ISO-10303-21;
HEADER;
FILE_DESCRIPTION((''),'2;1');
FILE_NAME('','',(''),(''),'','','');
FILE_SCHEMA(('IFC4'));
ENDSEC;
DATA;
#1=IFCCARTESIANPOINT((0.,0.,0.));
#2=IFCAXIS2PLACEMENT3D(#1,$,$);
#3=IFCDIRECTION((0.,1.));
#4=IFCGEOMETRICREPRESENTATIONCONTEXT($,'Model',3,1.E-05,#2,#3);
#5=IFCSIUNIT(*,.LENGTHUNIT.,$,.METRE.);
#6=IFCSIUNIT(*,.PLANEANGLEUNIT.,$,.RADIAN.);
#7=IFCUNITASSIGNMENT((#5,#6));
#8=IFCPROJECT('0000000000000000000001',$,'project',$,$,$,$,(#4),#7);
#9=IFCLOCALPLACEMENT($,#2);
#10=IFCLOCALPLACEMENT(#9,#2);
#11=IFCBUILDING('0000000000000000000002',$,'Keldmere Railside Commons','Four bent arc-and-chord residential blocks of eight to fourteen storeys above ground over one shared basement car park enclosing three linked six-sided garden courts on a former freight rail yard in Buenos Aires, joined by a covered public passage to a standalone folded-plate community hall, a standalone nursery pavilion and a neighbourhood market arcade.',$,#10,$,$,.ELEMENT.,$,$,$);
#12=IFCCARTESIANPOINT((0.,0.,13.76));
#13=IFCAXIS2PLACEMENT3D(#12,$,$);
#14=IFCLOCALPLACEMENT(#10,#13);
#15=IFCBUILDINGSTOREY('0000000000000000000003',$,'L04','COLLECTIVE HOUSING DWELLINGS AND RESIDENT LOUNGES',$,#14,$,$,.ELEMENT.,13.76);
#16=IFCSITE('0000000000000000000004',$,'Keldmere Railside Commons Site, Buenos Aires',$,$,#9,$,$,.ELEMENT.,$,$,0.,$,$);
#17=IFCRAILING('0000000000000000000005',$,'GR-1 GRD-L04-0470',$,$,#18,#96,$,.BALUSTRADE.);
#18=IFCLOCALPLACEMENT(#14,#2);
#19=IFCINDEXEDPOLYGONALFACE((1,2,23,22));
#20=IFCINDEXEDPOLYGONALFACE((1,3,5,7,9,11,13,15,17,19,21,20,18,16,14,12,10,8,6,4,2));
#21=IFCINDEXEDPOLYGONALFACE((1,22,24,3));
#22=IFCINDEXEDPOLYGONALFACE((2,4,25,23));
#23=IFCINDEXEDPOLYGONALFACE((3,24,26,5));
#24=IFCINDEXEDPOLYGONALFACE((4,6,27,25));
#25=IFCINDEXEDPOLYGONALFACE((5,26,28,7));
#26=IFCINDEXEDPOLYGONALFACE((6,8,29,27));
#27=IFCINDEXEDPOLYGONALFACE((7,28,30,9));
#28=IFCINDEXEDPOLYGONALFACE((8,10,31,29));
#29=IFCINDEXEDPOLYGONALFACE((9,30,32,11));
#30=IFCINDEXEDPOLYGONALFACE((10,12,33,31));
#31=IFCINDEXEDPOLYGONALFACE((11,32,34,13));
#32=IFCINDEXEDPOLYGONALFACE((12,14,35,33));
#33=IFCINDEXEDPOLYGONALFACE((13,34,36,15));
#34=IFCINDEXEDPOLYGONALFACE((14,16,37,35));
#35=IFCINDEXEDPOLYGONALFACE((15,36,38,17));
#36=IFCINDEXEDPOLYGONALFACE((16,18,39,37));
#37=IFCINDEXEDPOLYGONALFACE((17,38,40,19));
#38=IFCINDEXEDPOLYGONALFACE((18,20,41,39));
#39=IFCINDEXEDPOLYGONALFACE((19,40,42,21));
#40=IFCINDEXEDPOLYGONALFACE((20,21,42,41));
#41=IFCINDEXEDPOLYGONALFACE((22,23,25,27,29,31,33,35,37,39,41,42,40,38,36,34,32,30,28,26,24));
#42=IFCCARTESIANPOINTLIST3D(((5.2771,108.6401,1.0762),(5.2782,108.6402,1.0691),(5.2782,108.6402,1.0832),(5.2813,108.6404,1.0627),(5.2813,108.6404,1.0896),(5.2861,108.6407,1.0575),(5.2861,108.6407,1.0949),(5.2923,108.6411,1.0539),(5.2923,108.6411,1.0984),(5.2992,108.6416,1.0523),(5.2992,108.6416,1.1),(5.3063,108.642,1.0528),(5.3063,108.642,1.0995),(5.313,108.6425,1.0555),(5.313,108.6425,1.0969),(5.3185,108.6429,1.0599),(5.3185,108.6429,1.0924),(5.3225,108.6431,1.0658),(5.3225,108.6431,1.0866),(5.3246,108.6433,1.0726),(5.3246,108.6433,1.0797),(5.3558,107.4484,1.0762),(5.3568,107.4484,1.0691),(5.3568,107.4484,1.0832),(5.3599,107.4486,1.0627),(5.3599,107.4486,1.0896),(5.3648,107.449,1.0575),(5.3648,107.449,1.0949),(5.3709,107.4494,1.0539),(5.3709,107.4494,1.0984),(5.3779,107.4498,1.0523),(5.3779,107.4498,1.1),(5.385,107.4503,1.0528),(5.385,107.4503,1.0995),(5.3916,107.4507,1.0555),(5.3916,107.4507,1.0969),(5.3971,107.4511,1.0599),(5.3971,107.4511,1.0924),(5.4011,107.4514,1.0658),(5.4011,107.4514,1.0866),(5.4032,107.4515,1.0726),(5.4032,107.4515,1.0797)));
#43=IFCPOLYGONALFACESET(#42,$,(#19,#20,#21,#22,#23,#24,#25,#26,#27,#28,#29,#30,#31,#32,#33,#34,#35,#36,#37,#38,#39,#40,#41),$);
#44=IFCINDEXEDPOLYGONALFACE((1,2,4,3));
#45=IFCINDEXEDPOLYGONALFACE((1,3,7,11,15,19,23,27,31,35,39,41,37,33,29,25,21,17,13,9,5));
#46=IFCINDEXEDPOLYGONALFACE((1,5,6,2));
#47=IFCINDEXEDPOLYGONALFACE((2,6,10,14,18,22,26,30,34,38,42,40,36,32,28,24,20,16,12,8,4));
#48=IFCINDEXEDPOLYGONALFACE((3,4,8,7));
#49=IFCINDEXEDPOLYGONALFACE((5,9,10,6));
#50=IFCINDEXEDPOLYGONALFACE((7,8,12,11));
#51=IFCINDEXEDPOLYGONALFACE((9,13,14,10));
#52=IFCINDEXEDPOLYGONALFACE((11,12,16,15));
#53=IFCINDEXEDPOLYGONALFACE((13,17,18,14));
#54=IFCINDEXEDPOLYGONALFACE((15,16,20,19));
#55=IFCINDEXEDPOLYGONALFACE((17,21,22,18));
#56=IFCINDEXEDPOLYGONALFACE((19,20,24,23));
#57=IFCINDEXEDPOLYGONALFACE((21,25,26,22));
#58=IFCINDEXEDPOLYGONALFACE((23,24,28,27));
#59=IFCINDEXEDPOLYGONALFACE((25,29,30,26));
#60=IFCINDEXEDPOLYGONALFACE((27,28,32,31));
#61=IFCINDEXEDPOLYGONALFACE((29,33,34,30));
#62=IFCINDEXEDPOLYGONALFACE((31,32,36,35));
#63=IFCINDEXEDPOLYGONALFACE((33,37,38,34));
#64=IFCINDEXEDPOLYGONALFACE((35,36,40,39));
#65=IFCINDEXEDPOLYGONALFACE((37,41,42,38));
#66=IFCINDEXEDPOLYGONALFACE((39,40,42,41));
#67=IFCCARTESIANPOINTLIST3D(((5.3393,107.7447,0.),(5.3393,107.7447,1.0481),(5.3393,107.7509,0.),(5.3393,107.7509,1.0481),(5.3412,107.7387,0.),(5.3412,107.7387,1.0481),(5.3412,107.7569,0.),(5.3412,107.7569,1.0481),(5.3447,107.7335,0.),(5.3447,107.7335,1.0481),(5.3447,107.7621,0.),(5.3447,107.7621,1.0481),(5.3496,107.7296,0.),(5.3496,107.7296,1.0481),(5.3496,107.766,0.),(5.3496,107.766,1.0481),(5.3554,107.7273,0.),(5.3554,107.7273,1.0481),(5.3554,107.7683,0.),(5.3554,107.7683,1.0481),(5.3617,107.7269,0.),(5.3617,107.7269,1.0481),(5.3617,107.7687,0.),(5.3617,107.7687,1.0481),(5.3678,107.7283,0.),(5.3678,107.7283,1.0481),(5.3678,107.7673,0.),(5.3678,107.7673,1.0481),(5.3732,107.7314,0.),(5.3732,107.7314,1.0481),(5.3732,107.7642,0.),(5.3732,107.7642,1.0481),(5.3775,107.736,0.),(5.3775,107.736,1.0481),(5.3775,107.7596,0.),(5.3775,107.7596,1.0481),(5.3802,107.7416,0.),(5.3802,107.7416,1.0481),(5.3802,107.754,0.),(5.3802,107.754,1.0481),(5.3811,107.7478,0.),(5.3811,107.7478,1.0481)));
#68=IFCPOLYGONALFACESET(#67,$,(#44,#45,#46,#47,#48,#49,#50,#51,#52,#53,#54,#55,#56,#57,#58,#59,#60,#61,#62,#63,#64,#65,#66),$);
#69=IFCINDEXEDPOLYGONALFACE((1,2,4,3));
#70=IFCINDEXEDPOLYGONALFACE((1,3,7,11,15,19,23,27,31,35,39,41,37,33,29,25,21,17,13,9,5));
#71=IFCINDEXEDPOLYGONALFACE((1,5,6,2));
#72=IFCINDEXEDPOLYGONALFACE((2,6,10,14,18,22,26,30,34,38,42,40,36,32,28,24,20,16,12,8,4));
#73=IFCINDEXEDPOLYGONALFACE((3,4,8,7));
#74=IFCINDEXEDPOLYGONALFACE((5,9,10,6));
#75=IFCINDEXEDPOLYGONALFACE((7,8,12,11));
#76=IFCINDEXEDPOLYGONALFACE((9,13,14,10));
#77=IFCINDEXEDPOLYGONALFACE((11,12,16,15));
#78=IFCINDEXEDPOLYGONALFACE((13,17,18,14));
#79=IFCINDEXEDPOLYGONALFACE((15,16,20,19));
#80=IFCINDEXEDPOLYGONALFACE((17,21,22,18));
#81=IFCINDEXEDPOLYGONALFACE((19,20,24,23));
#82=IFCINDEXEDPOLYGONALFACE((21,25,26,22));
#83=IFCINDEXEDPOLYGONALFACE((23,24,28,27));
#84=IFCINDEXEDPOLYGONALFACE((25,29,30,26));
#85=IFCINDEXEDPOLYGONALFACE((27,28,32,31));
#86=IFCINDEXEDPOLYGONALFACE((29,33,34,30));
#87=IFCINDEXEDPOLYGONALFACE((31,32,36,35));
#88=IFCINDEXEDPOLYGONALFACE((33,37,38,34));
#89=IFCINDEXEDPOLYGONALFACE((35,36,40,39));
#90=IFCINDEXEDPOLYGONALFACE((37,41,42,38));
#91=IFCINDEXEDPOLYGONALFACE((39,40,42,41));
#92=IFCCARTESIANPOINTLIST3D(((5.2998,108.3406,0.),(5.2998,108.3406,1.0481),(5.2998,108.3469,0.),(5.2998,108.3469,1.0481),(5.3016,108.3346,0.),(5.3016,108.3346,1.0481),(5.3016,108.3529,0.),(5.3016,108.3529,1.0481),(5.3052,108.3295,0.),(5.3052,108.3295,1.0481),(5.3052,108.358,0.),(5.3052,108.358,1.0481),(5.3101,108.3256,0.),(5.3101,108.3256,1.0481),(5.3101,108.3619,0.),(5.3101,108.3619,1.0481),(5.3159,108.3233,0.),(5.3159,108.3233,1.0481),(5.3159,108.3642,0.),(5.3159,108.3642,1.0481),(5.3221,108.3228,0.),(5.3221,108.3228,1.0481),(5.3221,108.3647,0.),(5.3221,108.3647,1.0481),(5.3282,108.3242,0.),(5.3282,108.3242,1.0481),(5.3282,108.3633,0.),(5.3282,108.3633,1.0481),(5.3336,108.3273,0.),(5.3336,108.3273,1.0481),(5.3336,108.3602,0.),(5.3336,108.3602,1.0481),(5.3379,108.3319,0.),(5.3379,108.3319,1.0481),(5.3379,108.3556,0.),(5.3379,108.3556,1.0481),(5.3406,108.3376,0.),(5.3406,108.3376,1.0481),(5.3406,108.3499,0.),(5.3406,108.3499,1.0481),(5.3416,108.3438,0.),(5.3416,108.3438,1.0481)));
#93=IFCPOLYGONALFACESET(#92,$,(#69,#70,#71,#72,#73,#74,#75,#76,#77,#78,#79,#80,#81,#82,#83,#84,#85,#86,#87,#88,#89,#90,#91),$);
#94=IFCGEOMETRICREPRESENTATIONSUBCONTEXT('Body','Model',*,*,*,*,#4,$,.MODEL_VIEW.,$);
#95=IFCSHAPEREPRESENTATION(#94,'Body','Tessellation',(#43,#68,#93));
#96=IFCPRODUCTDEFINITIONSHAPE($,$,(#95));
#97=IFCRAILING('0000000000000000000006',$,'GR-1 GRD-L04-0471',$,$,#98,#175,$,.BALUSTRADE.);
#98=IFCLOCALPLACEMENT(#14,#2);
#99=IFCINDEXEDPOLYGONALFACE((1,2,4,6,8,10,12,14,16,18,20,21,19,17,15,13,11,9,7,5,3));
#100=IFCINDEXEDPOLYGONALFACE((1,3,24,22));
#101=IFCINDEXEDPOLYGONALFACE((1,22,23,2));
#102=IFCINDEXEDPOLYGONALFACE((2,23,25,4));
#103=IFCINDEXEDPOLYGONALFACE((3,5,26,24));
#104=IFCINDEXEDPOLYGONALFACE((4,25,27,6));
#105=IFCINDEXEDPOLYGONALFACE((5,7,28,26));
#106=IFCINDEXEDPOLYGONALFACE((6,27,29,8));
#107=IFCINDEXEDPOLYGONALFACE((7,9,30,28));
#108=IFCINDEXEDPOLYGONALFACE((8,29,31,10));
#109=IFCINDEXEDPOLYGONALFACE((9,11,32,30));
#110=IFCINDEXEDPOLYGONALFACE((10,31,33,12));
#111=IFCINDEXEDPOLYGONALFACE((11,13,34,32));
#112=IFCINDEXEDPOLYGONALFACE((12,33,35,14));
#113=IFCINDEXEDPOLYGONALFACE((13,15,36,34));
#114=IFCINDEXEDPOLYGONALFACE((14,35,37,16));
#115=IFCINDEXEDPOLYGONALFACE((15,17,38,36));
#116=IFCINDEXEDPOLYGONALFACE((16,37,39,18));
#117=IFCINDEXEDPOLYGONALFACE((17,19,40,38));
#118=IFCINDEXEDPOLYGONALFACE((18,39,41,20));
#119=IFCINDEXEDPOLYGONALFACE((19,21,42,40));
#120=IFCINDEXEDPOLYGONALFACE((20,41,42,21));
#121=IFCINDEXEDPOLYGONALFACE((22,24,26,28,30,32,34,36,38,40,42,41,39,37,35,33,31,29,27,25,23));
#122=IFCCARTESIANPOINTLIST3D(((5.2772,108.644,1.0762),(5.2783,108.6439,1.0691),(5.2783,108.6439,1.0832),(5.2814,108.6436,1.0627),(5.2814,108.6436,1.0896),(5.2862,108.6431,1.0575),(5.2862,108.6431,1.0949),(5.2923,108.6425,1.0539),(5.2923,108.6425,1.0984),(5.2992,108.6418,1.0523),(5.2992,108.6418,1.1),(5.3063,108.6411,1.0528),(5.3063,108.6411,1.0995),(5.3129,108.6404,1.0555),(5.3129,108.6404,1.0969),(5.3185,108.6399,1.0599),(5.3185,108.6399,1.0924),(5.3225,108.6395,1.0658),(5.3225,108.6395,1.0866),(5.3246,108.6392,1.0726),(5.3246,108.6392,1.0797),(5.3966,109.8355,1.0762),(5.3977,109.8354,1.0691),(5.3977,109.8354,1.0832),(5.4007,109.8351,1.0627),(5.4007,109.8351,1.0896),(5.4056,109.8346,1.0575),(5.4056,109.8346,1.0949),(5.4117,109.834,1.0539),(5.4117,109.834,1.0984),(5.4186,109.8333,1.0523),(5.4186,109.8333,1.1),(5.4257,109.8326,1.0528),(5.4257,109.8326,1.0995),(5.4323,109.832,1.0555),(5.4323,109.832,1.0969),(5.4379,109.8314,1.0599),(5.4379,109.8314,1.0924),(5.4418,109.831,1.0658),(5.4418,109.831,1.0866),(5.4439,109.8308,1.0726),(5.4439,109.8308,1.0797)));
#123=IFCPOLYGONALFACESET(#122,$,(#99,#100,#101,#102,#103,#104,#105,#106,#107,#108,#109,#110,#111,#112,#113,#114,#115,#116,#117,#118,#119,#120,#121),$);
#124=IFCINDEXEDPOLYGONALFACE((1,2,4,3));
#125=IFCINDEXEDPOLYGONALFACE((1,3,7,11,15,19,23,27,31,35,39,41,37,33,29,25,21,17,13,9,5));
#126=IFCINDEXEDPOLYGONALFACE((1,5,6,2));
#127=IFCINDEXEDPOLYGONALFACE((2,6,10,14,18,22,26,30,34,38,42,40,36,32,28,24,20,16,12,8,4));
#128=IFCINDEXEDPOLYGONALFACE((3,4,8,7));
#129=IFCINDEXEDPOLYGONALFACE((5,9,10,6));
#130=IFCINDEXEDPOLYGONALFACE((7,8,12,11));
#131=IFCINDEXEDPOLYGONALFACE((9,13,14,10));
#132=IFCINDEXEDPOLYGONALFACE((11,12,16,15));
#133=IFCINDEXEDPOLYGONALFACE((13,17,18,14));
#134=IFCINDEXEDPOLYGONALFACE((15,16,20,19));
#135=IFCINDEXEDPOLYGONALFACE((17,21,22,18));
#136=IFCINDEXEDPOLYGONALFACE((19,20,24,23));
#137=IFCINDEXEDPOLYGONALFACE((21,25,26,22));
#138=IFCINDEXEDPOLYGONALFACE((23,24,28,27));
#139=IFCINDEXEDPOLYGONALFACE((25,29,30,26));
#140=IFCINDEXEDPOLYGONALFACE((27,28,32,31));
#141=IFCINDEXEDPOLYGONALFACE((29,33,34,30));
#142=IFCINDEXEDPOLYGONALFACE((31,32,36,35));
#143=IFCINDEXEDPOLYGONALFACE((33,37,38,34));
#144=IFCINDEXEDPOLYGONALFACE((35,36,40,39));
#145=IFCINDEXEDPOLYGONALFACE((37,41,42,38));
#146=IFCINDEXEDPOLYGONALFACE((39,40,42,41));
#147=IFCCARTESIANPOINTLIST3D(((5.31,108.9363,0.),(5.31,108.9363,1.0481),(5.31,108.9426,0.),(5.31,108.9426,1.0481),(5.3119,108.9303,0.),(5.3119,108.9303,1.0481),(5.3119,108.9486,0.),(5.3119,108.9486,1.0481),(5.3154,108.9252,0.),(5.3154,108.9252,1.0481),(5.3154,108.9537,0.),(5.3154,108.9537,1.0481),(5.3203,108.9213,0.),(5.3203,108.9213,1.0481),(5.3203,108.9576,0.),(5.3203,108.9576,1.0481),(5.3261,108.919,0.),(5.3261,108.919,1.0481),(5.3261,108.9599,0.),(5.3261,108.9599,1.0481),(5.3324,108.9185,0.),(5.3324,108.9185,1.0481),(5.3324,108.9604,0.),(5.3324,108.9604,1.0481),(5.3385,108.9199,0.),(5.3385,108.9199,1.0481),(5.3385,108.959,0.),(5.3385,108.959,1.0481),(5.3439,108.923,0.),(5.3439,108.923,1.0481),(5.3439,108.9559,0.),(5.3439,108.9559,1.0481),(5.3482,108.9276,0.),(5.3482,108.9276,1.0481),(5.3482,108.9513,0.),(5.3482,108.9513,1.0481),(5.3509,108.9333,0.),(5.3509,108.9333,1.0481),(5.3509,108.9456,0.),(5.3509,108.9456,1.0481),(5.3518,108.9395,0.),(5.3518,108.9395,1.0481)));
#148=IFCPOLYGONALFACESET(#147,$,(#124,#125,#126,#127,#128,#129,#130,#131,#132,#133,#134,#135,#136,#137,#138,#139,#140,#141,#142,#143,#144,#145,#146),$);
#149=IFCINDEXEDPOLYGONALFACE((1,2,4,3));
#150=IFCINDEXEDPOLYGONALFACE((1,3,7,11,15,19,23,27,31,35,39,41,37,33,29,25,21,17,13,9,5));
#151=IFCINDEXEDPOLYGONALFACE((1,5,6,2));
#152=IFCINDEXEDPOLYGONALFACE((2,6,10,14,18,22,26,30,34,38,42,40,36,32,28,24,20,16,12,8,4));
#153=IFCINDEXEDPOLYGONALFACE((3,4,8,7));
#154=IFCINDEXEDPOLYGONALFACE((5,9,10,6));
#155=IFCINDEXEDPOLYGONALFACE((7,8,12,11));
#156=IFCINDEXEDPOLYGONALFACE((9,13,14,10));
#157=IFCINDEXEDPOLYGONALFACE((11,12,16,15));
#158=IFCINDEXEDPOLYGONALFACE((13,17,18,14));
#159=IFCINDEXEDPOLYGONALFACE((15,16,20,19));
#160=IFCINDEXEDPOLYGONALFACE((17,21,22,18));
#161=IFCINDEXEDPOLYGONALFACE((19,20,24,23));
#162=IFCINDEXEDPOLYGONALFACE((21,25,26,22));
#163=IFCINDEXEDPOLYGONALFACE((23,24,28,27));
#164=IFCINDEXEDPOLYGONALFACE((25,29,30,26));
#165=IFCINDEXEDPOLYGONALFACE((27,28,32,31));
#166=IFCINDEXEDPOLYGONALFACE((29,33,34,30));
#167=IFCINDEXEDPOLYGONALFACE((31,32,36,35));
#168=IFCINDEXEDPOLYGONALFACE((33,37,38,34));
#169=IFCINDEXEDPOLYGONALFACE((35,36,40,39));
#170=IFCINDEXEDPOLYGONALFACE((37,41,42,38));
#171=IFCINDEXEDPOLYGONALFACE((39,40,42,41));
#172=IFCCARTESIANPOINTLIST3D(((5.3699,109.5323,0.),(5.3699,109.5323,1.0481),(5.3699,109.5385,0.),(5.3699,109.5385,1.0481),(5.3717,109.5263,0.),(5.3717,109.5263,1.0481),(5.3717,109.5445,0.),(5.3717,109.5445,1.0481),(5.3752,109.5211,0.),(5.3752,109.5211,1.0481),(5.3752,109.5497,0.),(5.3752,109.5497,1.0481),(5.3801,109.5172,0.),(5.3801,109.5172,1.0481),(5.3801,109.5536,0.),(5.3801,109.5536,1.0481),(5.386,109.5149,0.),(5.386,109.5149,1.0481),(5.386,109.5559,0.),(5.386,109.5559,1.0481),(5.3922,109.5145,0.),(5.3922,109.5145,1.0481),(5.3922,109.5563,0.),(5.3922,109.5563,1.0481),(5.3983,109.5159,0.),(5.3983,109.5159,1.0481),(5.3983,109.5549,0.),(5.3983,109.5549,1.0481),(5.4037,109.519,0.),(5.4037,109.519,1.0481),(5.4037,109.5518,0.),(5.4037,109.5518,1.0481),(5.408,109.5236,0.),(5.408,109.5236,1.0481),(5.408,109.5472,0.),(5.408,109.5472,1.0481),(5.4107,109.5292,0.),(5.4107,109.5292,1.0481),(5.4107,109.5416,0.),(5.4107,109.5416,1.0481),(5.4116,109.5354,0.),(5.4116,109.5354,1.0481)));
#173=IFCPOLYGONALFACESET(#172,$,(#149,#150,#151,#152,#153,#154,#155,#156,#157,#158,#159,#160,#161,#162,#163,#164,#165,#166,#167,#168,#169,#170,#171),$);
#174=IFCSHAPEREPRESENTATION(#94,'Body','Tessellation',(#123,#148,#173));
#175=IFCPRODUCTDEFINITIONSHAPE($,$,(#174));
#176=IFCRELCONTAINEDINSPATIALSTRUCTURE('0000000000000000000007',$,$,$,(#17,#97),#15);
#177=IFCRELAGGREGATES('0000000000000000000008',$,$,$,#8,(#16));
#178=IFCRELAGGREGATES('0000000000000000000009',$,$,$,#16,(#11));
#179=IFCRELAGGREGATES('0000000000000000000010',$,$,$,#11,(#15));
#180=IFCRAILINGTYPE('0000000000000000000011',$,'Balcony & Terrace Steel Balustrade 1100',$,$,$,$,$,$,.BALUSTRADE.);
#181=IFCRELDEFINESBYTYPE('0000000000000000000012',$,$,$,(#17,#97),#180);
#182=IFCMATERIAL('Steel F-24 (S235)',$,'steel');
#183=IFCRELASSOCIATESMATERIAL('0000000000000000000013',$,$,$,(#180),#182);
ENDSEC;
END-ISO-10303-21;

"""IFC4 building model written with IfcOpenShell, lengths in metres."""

from ifc_helpers import new_model, si_unit, direction, frame, origin, origin_2d, place, context, subcontext, project, spatial, circle, extrude, material, type_object, element, save


model = new_model("IFC4")

# Units and contexts
model_context = context("Model", 3, precision=1e-05, world=origin(), true_north=direction((0.0, 1.0)))
body_context = subcontext(model_context, "Body", "Model", "MODEL_VIEW")
ifc_project = project(units=[si_unit("LENGTHUNIT", "METRE"), si_unit("PLANEANGLEUNIT", "RADIAN")], contexts=[model_context])

# Site, building, storey
site_placement = place(None, origin())
site = spatial("IfcSite", under=ifc_project, at=site_placement, Name="Keldmere Railside Commons Site, Buenos Aires", CompositionType="ELEMENT", RefElevation=0.0)
building_placement = place(site_placement, origin())
building = spatial("IfcBuilding", under=site, at=building_placement, Name="Keldmere Railside Commons", Description="Four bent arc-and-chord residential blocks of eight to fourteen storeys above ground over one shared basement car park enclosing three linked six-sided garden courts on a former freight rail yard in Buenos Aires, joined by a covered public passage to a standalone folded-plate community hall, a standalone nursery pavilion and a neighbourhood market arcade.", CompositionType="ELEMENT")
storey_placement = place(building_placement, frame((0.0, 0.0, 13.76)))
storey = spatial("IfcBuildingStorey", under=building, at=storey_placement, Name="L04", Description="COLLECTIVE HOUSING DWELLINGS AND RESIDENT LOUNGES", CompositionType="ELEMENT", Elevation=13.76)

# Railings
ifc_material_1 = material(Name="Steel F-24 (S235)", Category="steel")
railing_type = type_object("IfcRailingType", Name="Balcony & Terrace Steel Balustrade 1100", PredefinedType="BALUSTRADE", material=ifc_material_1)
railing_1_placement = place(storey_placement, frame((5.3796, 107.45, 0.0)))
element("IfcRailing", 1, at=railing_1_placement, inside=storey, type_object=railing_type, Name="GR-1 GRD-L04-0470", PredefinedType="BALUSTRADE", context=body_context, shape_type="SweptSolid", body=[
    extrude(circle(Radius=0.0239, at=origin_2d()), frame((0.0, 0.0, 1.0762), z_axis=(-0.065827, 0.997831, 0.0), x_axis=(-0.997831, -0.065827, 0.0)), (0.0, 0.0, 1.0), 1.1943),
    extrude(circle(Radius=0.021, at=origin_2d()), frame((-0.0195, 0.2979, 0.0)), (0.0, 0.0, 1.0), 1.0481),
    extrude(circle(Radius=0.021, at=origin_2d()), frame((-0.0591, 0.8938, 0.0)), (0.0, 0.0, 1.0), 1.0481),
])
railing_2_placement = place(storey_placement, frame((5.301, 108.6416, 0.0)))
element("IfcRailing", 2, at=railing_2_placement, inside=storey, type_object=railing_type, Name="GR-1 GRD-L04-0471", PredefinedType="BALUSTRADE", context=body_context, shape_type="SweptSolid", body=[
    extrude(circle(Radius=0.0239, at=origin_2d()), frame((0.0, 0.0, 1.0762), z_axis=(0.099685, 0.995019, 0.0), x_axis=(-0.995019, 0.099685, 0.0)), (0.0, 0.0, 1.0), 1.1975),
    extrude(circle(Radius=0.021, at=origin_2d()), frame((0.0298, 0.2979, 0.0)), (0.0, 0.0, 1.0), 1.0481),
    extrude(circle(Radius=0.021, at=origin_2d()), frame((0.0896, 0.8938, 0.0)), (0.0, 0.0, 1.0), 1.0481),
])

save(model, "model.ifc")
